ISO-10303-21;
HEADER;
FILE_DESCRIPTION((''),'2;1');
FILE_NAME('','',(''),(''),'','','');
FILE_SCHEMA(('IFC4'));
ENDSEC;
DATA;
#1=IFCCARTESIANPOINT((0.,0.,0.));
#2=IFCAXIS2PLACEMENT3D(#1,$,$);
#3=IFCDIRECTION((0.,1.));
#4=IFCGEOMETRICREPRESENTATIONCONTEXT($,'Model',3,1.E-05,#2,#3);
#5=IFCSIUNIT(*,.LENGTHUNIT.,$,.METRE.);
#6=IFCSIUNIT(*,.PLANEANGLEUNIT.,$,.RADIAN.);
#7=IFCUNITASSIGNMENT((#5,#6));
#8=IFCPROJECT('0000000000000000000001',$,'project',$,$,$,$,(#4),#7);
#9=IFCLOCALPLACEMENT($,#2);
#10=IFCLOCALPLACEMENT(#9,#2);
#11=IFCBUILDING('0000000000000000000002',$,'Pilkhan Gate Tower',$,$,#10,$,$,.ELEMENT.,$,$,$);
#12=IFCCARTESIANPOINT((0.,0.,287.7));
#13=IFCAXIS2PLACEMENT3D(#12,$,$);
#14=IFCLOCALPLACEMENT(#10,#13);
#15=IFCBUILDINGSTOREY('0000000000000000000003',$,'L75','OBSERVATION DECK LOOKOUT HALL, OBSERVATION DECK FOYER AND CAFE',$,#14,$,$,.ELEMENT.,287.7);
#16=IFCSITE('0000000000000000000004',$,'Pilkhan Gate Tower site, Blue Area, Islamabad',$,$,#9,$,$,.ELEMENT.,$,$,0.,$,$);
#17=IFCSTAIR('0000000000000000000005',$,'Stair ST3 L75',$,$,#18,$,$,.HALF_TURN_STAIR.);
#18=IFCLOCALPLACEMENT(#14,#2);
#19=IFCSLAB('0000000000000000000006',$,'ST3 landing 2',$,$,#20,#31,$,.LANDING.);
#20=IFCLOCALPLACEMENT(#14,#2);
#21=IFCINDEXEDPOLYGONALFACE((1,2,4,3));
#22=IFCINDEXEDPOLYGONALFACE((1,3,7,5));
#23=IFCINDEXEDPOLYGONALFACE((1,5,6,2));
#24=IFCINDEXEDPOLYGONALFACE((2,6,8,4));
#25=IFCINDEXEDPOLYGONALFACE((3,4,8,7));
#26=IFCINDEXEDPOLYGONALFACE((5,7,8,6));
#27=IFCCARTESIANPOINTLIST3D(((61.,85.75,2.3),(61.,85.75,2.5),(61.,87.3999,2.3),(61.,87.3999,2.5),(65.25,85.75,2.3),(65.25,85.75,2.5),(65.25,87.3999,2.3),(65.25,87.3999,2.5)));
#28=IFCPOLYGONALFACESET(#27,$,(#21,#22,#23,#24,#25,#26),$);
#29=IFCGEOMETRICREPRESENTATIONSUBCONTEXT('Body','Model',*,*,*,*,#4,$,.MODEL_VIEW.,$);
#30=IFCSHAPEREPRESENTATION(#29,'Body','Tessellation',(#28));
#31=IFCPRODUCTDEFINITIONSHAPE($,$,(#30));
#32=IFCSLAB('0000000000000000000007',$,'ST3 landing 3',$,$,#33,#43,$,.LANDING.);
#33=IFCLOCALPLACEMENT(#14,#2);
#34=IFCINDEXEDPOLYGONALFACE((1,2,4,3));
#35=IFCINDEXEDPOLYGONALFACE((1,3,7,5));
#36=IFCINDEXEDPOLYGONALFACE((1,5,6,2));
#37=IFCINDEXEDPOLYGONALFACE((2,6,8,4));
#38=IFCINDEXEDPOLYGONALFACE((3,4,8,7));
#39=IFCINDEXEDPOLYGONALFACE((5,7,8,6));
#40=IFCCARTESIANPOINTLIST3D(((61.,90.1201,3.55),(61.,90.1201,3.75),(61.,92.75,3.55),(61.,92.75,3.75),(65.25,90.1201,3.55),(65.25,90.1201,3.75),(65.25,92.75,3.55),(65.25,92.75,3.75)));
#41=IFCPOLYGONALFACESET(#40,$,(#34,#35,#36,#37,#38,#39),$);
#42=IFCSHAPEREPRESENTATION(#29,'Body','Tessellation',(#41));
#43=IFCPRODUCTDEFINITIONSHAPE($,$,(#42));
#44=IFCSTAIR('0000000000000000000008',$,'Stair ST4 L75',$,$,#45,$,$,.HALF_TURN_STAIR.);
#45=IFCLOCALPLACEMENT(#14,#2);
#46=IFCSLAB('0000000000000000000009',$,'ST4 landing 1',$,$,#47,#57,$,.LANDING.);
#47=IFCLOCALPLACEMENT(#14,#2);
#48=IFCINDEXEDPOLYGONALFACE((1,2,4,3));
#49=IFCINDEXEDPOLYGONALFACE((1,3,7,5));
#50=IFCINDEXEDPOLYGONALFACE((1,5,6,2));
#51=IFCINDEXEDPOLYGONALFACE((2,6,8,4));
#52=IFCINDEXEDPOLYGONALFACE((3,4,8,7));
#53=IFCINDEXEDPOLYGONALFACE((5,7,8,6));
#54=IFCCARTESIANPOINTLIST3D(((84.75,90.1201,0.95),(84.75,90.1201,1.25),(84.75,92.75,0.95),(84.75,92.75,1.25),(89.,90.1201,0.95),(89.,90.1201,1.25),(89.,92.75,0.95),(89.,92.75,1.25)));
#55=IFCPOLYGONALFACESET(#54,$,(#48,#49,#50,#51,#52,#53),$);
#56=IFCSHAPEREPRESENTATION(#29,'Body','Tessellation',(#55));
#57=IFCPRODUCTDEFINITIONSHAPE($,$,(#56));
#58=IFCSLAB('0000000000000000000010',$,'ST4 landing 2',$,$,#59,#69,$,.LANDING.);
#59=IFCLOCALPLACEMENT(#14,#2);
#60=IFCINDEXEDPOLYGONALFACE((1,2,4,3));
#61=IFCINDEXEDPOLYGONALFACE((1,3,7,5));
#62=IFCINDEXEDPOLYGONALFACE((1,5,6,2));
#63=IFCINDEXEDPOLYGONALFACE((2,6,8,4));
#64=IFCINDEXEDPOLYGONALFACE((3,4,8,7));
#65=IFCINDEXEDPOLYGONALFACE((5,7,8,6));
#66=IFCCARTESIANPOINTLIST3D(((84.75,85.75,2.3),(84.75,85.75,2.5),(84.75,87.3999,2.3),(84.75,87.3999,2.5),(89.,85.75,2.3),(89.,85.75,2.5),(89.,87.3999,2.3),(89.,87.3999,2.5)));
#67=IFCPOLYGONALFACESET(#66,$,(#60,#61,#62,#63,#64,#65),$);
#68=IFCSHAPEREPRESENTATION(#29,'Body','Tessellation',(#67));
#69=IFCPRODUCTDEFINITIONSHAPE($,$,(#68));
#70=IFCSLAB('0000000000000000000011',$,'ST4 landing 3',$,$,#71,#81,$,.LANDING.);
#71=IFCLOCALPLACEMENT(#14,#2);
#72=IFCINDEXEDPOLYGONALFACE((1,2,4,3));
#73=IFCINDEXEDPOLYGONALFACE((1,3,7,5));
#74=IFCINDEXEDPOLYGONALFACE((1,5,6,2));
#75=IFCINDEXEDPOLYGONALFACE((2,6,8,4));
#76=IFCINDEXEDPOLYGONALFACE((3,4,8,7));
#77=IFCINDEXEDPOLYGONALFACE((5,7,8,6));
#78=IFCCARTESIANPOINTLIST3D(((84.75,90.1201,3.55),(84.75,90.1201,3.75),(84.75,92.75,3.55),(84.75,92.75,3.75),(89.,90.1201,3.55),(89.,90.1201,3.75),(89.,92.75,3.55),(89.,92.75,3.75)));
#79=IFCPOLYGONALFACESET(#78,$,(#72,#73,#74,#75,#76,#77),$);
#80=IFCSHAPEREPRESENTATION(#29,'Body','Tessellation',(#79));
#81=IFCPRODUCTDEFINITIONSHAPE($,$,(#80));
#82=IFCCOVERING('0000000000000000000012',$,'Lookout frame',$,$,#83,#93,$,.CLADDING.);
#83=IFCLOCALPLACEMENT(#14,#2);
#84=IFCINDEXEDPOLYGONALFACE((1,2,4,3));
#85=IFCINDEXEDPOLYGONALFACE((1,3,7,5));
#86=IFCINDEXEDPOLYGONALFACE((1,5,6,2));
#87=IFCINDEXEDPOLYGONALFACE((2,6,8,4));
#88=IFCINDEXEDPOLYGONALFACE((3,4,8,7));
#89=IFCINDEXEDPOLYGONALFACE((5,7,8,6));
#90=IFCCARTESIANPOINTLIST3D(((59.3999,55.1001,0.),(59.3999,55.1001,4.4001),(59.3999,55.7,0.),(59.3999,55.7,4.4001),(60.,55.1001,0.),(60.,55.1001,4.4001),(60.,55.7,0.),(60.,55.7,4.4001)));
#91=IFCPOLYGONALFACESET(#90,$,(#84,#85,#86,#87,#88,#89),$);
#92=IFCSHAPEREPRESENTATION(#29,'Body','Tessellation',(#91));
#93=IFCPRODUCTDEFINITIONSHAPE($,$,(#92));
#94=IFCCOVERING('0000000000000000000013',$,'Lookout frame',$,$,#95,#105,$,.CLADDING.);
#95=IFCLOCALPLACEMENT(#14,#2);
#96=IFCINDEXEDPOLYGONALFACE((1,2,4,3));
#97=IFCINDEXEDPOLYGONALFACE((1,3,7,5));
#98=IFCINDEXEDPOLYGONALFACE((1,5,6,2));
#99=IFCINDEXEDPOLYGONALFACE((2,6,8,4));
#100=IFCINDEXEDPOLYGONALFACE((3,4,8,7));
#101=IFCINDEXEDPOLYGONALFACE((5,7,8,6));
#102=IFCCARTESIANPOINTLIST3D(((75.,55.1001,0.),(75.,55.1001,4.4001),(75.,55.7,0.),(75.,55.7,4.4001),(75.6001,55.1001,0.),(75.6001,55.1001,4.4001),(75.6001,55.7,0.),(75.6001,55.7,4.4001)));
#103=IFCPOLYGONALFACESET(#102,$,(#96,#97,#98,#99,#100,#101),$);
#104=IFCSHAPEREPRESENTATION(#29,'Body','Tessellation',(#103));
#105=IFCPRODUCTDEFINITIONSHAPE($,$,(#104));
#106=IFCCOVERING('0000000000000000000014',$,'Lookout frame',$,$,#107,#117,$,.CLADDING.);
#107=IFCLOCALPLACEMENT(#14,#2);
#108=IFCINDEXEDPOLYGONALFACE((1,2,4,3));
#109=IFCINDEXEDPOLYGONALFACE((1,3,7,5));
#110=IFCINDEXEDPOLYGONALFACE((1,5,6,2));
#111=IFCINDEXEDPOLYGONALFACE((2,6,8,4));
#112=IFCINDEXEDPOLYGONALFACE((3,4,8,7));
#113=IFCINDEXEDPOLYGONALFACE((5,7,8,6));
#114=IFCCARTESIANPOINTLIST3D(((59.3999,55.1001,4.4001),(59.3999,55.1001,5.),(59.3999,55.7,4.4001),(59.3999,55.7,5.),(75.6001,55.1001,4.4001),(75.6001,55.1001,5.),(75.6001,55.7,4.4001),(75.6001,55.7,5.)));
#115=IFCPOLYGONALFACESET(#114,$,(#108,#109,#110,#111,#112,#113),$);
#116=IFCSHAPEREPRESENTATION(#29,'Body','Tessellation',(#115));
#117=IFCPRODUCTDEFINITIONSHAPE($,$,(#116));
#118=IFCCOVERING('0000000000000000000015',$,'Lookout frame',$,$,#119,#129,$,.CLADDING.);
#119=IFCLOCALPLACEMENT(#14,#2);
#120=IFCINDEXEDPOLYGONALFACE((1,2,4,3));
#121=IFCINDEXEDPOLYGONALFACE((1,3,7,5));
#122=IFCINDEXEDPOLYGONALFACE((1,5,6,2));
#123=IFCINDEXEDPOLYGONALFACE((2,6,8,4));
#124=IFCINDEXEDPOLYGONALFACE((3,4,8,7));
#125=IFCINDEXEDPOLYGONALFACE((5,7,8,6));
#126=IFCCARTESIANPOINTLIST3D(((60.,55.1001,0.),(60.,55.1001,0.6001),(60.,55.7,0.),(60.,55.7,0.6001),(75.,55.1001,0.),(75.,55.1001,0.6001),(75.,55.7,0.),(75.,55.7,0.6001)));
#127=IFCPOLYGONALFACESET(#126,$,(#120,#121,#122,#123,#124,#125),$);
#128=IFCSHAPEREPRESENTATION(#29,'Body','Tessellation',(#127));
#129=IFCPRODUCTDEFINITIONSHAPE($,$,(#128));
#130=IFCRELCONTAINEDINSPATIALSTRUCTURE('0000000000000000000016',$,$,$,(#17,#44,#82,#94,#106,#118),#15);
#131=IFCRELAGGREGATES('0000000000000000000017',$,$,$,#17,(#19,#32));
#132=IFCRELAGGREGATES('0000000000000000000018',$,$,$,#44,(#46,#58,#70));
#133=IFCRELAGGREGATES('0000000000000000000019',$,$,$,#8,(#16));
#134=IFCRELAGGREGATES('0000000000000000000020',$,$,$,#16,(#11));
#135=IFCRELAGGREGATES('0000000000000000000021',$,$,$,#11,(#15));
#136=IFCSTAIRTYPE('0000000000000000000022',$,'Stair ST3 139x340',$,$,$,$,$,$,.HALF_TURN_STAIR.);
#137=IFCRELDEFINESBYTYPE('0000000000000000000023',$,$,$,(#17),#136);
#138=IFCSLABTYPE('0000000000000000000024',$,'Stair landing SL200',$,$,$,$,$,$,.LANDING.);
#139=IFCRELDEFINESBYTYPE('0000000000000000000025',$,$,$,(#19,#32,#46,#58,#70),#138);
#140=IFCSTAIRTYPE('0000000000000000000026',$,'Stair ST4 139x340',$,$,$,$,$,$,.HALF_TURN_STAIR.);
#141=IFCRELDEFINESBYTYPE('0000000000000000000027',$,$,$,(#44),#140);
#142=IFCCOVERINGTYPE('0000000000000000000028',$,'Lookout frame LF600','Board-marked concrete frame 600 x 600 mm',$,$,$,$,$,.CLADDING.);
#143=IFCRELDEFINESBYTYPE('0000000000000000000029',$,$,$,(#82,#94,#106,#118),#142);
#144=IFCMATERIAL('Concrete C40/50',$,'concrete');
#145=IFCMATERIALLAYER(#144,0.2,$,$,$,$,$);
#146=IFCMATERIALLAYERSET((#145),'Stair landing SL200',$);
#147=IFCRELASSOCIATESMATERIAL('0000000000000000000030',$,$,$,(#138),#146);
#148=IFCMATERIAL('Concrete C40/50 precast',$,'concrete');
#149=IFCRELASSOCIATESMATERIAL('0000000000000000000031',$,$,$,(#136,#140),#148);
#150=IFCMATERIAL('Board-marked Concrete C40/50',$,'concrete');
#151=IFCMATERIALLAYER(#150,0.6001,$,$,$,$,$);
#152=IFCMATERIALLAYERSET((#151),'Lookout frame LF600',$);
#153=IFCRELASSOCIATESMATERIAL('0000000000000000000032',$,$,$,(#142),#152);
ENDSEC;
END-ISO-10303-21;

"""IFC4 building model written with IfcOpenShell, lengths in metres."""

from ifc_helpers import new_model, si_unit, direction, frame, origin, place, context, subcontext, project, spatial, polyline, outline, extrude, material, layer, layer_set, type_object, element, aggregate, save


model = new_model("IFC4")

# Units and contexts
model_context = context("Model", 3, precision=1e-05, world=origin(), true_north=direction((0.0, 1.0)))
body_context = subcontext(model_context, "Body", "Model", "MODEL_VIEW")
ifc_project = project(units=[si_unit("LENGTHUNIT", "METRE"), si_unit("PLANEANGLEUNIT", "RADIAN")], contexts=[model_context])

# Site, building, storey
site_placement = place(None, origin())
site = spatial("IfcSite", under=ifc_project, at=site_placement, Name="Pilkhan Gate Tower site, Blue Area, Islamabad", CompositionType="ELEMENT", RefElevation=0.0)
building_placement = place(site_placement, origin())
building = spatial("IfcBuilding", under=site, at=building_placement, Name="Pilkhan Gate Tower", CompositionType="ELEMENT")
storey_placement = place(building_placement, frame((0.0, 0.0, 287.7)))
storey = spatial("IfcBuildingStorey", under=building, at=storey_placement, Name="L75", Description="OBSERVATION DECK LOOKOUT HALL, OBSERVATION DECK FOYER AND CAFE", CompositionType="ELEMENT", Elevation=287.7)

# Shared definitions
ifc_material_1 = material(Name="Concrete C40/50", Category="concrete")

# Stairs, slabs
ifc_material_2 = material(Name="Concrete C40/50 precast", Category="concrete")
ifc_layer_1 = layer(ifc_material_1, 0.2)
ifc_layer_set_1 = layer_set([ifc_layer_1], Name="Stair landing SL200")
slab_type_1 = type_object("IfcSlabType", Name="Stair landing SL200", PredefinedType="LANDING", material=ifc_layer_set_1)
stair_type_1 = type_object("IfcStairType", Name="Stair ST3 139x340", PredefinedType="HALF_TURN_STAIR", material=ifc_material_2)
stair_1_placement = place(storey_placement, origin())
stair_1 = element("IfcStair", 1, at=stair_1_placement, inside=storey, type_object=stair_type_1, Name="Stair ST3 L75", PredefinedType="HALF_TURN_STAIR")
slab_1_placement = place(storey_placement, frame((0.0, 0.0, 2.3)))
slab_1 = element("IfcSlab", 2, at=slab_1_placement, type_object=slab_type_1, Name="ST3 landing 2", PredefinedType="LANDING", context=body_context, shape_type="SweptSolid", body=[
    extrude(outline(polyline([(65.25, 85.75), (65.25, 87.3999), (61.0, 87.3999), (61.0, 85.75), (65.25, 85.75)])), origin(), (0.0, 0.0, 1.0), 0.2),
])
slab_2_placement = place(storey_placement, frame((0.0, 0.0, 3.55)))
slab_2 = element("IfcSlab", 3, at=slab_2_placement, type_object=slab_type_1, Name="ST3 landing 3", PredefinedType="LANDING", context=body_context, shape_type="SweptSolid", body=[
    extrude(outline(polyline([(65.25, 90.1201), (65.25, 92.75), (61.0, 92.75), (61.0, 90.1201), (65.25, 90.1201)])), origin(), (0.0, 0.0, 1.0), 0.2),
])
aggregate(stair_1, [slab_1, slab_2])
stair_type_2 = type_object("IfcStairType", Name="Stair ST4 139x340", PredefinedType="HALF_TURN_STAIR", material=ifc_material_2)
stair_2_placement = place(storey_placement, origin())
stair_2 = element("IfcStair", 4, at=stair_2_placement, inside=storey, type_object=stair_type_2, Name="Stair ST4 L75", PredefinedType="HALF_TURN_STAIR")
slab_3_placement = place(storey_placement, frame((0.0, 0.0, 0.95)))
slab_3 = element("IfcSlab", 5, at=slab_3_placement, type_object=slab_type_1, Name="ST4 landing 1", PredefinedType="LANDING", context=body_context, shape_type="SweptSolid", body=[
    extrude(outline(polyline([(89.0, 90.1201), (89.0, 92.75), (84.75, 92.75), (84.75, 90.1201), (89.0, 90.1201)])), origin(), (0.0, 0.0, 1.0), 0.3),
])
slab_4_placement = place(storey_placement, frame((0.0, 0.0, 2.3)))
slab_4 = element("IfcSlab", 6, at=slab_4_placement, type_object=slab_type_1, Name="ST4 landing 2", PredefinedType="LANDING", context=body_context, shape_type="SweptSolid", body=[
    extrude(outline(polyline([(89.0, 85.75), (89.0, 87.3999), (84.75, 87.3999), (84.75, 85.75), (89.0, 85.75)])), origin(), (0.0, 0.0, 1.0), 0.2),
])
slab_5_placement = place(storey_placement, frame((0.0, 0.0, 3.55)))
slab_5 = element("IfcSlab", 7, at=slab_5_placement, type_object=slab_type_1, Name="ST4 landing 3", PredefinedType="LANDING", context=body_context, shape_type="SweptSolid", body=[
    extrude(outline(polyline([(89.0, 90.1201), (89.0, 92.75), (84.75, 92.75), (84.75, 90.1201), (89.0, 90.1201)])), origin(), (0.0, 0.0, 1.0), 0.2),
])
aggregate(stair_2, [slab_3, slab_4, slab_5])

# Coverings
ifc_material_3 = material(Name="Board-marked Concrete C40/50", Category="concrete")
ifc_layer_2 = layer(ifc_material_3, 0.6001)
ifc_layer_set_2 = layer_set([ifc_layer_2], Name="Lookout frame LF600")
covering_type = type_object("IfcCoveringType", Name="Lookout frame LF600", Description="Board-marked concrete frame 600 x 600 mm", PredefinedType="CLADDING", material=ifc_layer_set_2)
covering_1_placement = place(storey_placement, origin())
element("IfcCovering", 8, at=covering_1_placement, inside=storey, type_object=covering_type, Name="Lookout frame", PredefinedType="CLADDING", context=body_context, shape_type="SweptSolid", body=[
    extrude(outline(polyline([(59.3999, 55.1001), (60.0, 55.1001), (60.0, 55.7), (59.3999, 55.7), (59.3999, 55.1001)])), origin(), (0.0, 0.0, 1.0), 4.4001),
])
covering_2_placement = place(storey_placement, origin())
element("IfcCovering", 9, at=covering_2_placement, inside=storey, type_object=covering_type, Name="Lookout frame", PredefinedType="CLADDING", context=body_context, shape_type="SweptSolid", body=[
    extrude(outline(polyline([(75.0, 55.1001), (75.6001, 55.1001), (75.6001, 55.7), (75.0, 55.7), (75.0, 55.1001)])), origin(), (0.0, 0.0, 1.0), 4.4001),
])
covering_3_placement = place(storey_placement, frame((0.0, 0.0, 4.4001)))
element("IfcCovering", 10, at=covering_3_placement, inside=storey, type_object=covering_type, Name="Lookout frame", PredefinedType="CLADDING", context=body_context, shape_type="SweptSolid", body=[
    extrude(outline(polyline([(59.3999, 55.1001), (75.6001, 55.1001), (75.6001, 55.7), (59.3999, 55.7), (59.3999, 55.1001)])), origin(), (0.0, 0.0, 1.0), 0.5999),
])
covering_4_placement = place(storey_placement, origin())
element("IfcCovering", 11, at=covering_4_placement, inside=storey, type_object=covering_type, Name="Lookout frame", PredefinedType="CLADDING", context=body_context, shape_type="SweptSolid", body=[
    extrude(outline(polyline([(60.0, 55.1001), (75.0, 55.1001), (75.0, 55.7), (60.0, 55.7), (60.0, 55.1001)])), origin(), (0.0, 0.0, 1.0), 0.6001),
])

save(model, "model.ifc")
